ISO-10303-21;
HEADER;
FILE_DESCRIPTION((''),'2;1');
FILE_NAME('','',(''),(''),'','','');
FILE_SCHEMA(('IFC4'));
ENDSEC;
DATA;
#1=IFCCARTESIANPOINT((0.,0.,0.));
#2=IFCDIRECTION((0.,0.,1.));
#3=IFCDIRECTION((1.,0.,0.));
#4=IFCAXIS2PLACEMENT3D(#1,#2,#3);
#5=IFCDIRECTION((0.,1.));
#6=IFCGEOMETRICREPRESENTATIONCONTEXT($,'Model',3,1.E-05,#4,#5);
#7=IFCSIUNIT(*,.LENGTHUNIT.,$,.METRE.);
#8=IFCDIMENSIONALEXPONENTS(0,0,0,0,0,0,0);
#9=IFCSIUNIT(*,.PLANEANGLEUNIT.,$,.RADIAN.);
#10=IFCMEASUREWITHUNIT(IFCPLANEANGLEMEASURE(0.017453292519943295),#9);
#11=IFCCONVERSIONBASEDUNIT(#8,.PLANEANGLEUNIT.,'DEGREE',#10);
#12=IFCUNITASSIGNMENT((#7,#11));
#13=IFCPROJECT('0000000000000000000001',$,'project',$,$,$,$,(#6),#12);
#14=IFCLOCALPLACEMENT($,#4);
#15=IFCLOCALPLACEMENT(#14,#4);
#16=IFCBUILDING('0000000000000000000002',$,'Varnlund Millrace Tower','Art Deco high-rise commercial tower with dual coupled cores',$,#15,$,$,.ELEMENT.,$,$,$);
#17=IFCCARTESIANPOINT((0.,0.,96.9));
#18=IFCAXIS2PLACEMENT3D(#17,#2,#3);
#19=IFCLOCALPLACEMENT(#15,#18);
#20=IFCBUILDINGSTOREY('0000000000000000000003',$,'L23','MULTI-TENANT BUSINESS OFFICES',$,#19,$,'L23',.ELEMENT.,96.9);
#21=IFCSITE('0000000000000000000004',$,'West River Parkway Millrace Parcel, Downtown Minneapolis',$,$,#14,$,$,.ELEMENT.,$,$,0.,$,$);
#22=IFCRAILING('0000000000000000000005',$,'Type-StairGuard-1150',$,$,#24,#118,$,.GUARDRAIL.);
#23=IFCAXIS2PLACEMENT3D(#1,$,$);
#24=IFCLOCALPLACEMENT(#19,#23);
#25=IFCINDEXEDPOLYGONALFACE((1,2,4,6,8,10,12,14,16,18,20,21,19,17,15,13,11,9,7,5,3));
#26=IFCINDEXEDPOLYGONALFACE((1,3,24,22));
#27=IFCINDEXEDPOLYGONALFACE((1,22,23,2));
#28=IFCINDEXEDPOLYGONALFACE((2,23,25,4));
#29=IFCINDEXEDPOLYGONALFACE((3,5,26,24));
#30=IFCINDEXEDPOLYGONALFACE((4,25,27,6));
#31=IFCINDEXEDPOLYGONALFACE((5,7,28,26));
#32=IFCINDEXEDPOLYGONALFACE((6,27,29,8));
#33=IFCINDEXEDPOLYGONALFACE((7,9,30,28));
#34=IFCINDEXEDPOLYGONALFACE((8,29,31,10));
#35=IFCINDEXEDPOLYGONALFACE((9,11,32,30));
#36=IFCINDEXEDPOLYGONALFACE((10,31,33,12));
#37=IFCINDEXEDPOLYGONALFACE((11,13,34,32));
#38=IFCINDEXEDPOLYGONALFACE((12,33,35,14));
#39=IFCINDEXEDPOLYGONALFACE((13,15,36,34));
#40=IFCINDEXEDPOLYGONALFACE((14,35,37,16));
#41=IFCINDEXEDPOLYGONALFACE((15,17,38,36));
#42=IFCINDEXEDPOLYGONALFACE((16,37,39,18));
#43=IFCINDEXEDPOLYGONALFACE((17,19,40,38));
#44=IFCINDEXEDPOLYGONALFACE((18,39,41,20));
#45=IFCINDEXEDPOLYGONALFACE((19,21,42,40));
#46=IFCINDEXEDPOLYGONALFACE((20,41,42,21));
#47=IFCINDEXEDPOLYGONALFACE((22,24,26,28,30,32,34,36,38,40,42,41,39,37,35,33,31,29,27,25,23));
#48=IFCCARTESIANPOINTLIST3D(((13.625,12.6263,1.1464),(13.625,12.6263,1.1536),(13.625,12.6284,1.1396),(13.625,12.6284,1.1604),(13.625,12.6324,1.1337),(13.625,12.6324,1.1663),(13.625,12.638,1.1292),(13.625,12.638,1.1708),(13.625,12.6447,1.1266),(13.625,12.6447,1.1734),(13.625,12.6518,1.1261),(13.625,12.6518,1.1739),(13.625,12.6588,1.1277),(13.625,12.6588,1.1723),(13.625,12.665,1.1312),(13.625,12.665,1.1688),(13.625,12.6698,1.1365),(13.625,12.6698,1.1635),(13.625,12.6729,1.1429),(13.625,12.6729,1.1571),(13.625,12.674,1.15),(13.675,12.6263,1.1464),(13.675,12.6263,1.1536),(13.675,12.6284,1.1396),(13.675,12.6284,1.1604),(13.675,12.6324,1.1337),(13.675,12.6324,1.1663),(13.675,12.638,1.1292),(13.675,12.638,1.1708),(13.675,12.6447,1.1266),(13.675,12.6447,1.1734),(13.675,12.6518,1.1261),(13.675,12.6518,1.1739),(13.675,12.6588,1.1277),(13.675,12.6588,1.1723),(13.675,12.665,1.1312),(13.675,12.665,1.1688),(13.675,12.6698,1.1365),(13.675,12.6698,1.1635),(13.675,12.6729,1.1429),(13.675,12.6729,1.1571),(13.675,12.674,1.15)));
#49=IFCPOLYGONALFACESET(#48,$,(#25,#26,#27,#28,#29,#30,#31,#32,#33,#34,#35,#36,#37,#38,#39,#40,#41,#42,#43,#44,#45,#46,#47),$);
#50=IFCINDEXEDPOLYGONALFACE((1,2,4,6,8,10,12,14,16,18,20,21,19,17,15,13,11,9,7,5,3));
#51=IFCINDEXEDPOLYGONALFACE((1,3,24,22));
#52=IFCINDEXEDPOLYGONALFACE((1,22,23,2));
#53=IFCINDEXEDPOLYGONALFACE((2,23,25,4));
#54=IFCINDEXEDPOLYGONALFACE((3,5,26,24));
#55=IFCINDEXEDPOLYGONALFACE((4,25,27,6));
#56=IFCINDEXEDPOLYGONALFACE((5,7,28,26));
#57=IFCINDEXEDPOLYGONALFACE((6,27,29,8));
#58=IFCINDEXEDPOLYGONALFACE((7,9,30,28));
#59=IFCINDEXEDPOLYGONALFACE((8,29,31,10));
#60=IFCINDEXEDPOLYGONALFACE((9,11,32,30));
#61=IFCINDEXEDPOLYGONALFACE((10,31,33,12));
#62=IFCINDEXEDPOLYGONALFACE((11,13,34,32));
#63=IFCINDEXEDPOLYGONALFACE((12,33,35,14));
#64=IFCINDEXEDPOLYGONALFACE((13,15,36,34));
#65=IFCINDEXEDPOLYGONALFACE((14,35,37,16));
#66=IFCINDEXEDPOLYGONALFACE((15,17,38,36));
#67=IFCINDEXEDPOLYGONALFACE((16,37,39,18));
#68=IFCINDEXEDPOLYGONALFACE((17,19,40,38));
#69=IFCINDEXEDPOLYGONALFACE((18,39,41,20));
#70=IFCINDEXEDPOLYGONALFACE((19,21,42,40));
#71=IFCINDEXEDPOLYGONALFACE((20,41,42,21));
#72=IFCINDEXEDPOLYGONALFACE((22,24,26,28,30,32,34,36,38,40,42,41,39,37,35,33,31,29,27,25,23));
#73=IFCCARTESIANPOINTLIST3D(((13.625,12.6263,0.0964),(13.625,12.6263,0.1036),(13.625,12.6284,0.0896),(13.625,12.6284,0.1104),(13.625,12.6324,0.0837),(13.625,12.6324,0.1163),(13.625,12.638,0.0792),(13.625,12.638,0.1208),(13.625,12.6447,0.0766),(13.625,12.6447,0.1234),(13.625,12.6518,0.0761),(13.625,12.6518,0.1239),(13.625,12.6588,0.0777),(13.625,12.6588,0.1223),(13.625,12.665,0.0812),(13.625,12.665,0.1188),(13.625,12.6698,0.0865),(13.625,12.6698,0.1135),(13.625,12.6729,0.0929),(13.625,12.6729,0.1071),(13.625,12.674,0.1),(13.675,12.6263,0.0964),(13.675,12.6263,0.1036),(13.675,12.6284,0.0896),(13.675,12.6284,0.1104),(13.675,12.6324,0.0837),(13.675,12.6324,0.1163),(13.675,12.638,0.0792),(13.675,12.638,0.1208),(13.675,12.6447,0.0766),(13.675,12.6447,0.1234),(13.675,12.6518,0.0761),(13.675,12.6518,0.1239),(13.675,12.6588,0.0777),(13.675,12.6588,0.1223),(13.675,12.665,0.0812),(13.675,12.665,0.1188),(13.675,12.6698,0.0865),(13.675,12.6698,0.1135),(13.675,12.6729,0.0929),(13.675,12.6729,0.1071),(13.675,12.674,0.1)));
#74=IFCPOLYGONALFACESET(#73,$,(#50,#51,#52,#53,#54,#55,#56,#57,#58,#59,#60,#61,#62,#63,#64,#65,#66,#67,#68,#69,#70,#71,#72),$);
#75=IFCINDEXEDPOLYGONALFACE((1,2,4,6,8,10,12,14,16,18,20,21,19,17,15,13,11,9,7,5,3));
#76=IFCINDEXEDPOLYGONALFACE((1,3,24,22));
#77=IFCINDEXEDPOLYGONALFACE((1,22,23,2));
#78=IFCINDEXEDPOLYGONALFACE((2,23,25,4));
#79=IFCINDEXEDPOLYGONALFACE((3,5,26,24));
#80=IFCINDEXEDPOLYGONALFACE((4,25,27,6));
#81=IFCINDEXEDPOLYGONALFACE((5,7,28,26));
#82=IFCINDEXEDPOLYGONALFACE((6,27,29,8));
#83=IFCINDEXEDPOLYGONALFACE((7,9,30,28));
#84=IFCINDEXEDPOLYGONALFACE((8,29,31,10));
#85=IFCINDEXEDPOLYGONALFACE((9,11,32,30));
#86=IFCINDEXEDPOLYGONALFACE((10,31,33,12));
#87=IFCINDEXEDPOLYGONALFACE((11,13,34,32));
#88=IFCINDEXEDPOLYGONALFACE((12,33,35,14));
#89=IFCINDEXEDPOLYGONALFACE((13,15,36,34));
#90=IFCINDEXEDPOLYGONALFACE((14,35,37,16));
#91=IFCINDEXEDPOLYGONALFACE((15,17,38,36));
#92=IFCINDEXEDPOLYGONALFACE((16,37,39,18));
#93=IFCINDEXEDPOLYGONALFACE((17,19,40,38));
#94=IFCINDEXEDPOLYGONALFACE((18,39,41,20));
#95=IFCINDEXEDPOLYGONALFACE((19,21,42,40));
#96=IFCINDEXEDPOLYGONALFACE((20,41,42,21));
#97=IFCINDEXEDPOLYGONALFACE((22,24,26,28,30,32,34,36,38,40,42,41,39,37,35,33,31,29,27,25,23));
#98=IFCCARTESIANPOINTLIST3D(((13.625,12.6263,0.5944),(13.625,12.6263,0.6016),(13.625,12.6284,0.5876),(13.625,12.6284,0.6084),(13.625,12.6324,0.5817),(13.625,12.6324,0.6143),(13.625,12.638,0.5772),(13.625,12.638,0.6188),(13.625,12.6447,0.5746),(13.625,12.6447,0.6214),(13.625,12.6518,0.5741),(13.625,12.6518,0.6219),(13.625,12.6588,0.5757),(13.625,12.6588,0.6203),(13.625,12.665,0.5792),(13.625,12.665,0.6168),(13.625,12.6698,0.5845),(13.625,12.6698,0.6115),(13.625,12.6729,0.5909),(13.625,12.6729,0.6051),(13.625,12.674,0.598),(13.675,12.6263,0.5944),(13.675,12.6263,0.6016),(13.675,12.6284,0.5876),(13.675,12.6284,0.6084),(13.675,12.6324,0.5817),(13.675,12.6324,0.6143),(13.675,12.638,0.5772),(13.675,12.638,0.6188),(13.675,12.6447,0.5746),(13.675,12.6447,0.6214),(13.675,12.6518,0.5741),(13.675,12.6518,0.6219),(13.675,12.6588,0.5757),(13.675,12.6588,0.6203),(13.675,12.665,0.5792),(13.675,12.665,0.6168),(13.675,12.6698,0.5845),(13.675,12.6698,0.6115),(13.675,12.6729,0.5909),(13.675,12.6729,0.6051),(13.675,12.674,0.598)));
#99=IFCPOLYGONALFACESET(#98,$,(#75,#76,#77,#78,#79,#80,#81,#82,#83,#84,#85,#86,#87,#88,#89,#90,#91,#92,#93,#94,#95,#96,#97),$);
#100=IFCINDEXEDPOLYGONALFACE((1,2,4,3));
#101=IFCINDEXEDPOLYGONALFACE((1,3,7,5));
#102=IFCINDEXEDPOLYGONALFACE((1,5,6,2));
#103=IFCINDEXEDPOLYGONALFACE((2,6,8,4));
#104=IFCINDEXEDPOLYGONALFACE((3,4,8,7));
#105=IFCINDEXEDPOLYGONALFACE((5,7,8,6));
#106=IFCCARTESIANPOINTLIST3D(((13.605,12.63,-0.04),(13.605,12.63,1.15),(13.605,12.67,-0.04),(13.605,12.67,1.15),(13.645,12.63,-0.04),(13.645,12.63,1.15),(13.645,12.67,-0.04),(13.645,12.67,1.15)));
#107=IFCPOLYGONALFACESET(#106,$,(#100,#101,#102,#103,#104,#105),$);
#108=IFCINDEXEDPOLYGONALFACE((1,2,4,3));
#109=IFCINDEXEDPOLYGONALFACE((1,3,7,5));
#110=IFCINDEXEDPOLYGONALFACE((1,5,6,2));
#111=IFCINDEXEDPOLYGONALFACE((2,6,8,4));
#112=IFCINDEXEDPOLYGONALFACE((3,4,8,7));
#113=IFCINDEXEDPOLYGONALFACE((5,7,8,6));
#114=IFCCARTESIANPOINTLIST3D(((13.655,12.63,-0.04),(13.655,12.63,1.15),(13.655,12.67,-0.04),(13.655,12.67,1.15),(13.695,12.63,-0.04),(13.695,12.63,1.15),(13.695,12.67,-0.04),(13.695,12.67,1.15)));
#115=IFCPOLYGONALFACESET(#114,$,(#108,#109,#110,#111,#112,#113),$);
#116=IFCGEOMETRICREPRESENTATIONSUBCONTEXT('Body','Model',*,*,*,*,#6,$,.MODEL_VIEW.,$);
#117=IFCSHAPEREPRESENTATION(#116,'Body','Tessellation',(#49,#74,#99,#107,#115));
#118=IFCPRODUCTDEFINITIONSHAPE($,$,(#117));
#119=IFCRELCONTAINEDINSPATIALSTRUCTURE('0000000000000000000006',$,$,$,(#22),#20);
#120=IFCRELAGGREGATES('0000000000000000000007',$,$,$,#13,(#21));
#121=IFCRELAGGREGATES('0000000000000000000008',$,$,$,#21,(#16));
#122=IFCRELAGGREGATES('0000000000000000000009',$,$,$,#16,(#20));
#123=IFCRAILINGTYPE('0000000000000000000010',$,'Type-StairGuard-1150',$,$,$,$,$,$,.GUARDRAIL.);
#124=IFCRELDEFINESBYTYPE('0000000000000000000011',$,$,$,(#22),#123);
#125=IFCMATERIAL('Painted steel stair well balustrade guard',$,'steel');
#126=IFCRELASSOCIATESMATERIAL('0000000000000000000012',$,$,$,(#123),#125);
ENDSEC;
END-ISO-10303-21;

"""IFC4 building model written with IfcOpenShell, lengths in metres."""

from ifc_helpers import new_model, entity, si_unit, converted_unit, direction, frame, origin_with_axes, origin_2d_with_axis, place, context, subcontext, project, spatial, rectangle, circle, extrude, material, type_object, element, save


model = new_model("IFC4")

# Units and contexts
model_context = context("Model", 3, precision=1e-05, world=origin_with_axes(), true_north=direction((0.0, 1.0)))
body_context = subcontext(model_context, "Body", "Model", "MODEL_VIEW")
ifc_project = project(units=[si_unit("LENGTHUNIT", "METRE"), converted_unit("PLANEANGLEUNIT", "DEGREE", entity("IfcPlaneAngleMeasure", 0.017453292519943295), si_unit("PLANEANGLEUNIT", "RADIAN"), dimensions=[0, 0, 0, 0, 0, 0, 0])], contexts=[model_context])

# Site, building, storey
site_placement = place(None, origin_with_axes())
site = spatial("IfcSite", under=ifc_project, at=site_placement, Name="West River Parkway Millrace Parcel, Downtown Minneapolis", CompositionType="ELEMENT", RefElevation=0.0)
building_placement = place(site_placement, origin_with_axes())
building = spatial("IfcBuilding", under=site, at=building_placement, Name="Varnlund Millrace Tower", Description="Art Deco high-rise commercial tower with dual coupled cores", CompositionType="ELEMENT")
storey_placement = place(building_placement, frame((0.0, 0.0, 96.9), z_axis=(0.0, 0.0, 1.0), x_axis=(1.0, 0.0, 0.0)))
storey = spatial("IfcBuildingStorey", under=building, at=storey_placement, Name="L23", Description="MULTI-TENANT BUSINESS OFFICES", LongName="L23", CompositionType="ELEMENT", Elevation=96.9)

# Railing
ifc_material_1 = material(Name="Painted steel stair well balustrade guard", Category="steel")
railing_type_1 = type_object("IfcRailingType", Name="Type-StairGuard-1150", PredefinedType="GUARDRAIL", material=ifc_material_1)
railing_1_placement = place(storey_placement, frame((0.0, 0.0, -96.9), z_axis=(0.0, 0.0, 1.0), x_axis=(1.0, 0.0, 0.0)))
element("IfcRailing", 1, at=railing_1_placement, inside=storey, type_object=railing_type_1, Name="Type-StairGuard-1150", PredefinedType="GUARDRAIL", context=body_context, shape_type="SweptSolid", body=[
    extrude(circle(Radius=0.024, at=origin_2d_with_axis()), frame((13.625, 12.65, 98.05), z_axis=(1.0, 0.0, 0.0), x_axis=(0.0, 1.0, 0.0)), (0.0, 0.0, 1.0), 0.05),
    extrude(circle(Radius=0.024, at=origin_2d_with_axis()), frame((13.625, 12.65, 97.0), z_axis=(1.0, 0.0, 0.0), x_axis=(0.0, 1.0, 0.0)), (0.0, 0.0, 1.0), 0.05),
    extrude(circle(Radius=0.024, at=origin_2d_with_axis()), frame((13.625, 12.65, 97.498), z_axis=(1.0, 0.0, 0.0), x_axis=(0.0, 1.0, 0.0)), (0.0, 0.0, 1.0), 0.05),
    extrude(rectangle(XDim=0.04, YDim=0.04, at=origin_2d_with_axis()), frame((13.625, 12.65, 96.86), z_axis=(0.0, 0.0, 1.0), x_axis=(1.0, 0.0, 0.0)), (0.0, 0.0, 1.0), 1.19),
    extrude(rectangle(XDim=0.04, YDim=0.04, at=origin_2d_with_axis()), frame((13.675, 12.65, 96.86), z_axis=(0.0, 0.0, 1.0), x_axis=(1.0, 0.0, 0.0)), (0.0, 0.0, 1.0), 1.19),
])

save(model, "model.ifc")
